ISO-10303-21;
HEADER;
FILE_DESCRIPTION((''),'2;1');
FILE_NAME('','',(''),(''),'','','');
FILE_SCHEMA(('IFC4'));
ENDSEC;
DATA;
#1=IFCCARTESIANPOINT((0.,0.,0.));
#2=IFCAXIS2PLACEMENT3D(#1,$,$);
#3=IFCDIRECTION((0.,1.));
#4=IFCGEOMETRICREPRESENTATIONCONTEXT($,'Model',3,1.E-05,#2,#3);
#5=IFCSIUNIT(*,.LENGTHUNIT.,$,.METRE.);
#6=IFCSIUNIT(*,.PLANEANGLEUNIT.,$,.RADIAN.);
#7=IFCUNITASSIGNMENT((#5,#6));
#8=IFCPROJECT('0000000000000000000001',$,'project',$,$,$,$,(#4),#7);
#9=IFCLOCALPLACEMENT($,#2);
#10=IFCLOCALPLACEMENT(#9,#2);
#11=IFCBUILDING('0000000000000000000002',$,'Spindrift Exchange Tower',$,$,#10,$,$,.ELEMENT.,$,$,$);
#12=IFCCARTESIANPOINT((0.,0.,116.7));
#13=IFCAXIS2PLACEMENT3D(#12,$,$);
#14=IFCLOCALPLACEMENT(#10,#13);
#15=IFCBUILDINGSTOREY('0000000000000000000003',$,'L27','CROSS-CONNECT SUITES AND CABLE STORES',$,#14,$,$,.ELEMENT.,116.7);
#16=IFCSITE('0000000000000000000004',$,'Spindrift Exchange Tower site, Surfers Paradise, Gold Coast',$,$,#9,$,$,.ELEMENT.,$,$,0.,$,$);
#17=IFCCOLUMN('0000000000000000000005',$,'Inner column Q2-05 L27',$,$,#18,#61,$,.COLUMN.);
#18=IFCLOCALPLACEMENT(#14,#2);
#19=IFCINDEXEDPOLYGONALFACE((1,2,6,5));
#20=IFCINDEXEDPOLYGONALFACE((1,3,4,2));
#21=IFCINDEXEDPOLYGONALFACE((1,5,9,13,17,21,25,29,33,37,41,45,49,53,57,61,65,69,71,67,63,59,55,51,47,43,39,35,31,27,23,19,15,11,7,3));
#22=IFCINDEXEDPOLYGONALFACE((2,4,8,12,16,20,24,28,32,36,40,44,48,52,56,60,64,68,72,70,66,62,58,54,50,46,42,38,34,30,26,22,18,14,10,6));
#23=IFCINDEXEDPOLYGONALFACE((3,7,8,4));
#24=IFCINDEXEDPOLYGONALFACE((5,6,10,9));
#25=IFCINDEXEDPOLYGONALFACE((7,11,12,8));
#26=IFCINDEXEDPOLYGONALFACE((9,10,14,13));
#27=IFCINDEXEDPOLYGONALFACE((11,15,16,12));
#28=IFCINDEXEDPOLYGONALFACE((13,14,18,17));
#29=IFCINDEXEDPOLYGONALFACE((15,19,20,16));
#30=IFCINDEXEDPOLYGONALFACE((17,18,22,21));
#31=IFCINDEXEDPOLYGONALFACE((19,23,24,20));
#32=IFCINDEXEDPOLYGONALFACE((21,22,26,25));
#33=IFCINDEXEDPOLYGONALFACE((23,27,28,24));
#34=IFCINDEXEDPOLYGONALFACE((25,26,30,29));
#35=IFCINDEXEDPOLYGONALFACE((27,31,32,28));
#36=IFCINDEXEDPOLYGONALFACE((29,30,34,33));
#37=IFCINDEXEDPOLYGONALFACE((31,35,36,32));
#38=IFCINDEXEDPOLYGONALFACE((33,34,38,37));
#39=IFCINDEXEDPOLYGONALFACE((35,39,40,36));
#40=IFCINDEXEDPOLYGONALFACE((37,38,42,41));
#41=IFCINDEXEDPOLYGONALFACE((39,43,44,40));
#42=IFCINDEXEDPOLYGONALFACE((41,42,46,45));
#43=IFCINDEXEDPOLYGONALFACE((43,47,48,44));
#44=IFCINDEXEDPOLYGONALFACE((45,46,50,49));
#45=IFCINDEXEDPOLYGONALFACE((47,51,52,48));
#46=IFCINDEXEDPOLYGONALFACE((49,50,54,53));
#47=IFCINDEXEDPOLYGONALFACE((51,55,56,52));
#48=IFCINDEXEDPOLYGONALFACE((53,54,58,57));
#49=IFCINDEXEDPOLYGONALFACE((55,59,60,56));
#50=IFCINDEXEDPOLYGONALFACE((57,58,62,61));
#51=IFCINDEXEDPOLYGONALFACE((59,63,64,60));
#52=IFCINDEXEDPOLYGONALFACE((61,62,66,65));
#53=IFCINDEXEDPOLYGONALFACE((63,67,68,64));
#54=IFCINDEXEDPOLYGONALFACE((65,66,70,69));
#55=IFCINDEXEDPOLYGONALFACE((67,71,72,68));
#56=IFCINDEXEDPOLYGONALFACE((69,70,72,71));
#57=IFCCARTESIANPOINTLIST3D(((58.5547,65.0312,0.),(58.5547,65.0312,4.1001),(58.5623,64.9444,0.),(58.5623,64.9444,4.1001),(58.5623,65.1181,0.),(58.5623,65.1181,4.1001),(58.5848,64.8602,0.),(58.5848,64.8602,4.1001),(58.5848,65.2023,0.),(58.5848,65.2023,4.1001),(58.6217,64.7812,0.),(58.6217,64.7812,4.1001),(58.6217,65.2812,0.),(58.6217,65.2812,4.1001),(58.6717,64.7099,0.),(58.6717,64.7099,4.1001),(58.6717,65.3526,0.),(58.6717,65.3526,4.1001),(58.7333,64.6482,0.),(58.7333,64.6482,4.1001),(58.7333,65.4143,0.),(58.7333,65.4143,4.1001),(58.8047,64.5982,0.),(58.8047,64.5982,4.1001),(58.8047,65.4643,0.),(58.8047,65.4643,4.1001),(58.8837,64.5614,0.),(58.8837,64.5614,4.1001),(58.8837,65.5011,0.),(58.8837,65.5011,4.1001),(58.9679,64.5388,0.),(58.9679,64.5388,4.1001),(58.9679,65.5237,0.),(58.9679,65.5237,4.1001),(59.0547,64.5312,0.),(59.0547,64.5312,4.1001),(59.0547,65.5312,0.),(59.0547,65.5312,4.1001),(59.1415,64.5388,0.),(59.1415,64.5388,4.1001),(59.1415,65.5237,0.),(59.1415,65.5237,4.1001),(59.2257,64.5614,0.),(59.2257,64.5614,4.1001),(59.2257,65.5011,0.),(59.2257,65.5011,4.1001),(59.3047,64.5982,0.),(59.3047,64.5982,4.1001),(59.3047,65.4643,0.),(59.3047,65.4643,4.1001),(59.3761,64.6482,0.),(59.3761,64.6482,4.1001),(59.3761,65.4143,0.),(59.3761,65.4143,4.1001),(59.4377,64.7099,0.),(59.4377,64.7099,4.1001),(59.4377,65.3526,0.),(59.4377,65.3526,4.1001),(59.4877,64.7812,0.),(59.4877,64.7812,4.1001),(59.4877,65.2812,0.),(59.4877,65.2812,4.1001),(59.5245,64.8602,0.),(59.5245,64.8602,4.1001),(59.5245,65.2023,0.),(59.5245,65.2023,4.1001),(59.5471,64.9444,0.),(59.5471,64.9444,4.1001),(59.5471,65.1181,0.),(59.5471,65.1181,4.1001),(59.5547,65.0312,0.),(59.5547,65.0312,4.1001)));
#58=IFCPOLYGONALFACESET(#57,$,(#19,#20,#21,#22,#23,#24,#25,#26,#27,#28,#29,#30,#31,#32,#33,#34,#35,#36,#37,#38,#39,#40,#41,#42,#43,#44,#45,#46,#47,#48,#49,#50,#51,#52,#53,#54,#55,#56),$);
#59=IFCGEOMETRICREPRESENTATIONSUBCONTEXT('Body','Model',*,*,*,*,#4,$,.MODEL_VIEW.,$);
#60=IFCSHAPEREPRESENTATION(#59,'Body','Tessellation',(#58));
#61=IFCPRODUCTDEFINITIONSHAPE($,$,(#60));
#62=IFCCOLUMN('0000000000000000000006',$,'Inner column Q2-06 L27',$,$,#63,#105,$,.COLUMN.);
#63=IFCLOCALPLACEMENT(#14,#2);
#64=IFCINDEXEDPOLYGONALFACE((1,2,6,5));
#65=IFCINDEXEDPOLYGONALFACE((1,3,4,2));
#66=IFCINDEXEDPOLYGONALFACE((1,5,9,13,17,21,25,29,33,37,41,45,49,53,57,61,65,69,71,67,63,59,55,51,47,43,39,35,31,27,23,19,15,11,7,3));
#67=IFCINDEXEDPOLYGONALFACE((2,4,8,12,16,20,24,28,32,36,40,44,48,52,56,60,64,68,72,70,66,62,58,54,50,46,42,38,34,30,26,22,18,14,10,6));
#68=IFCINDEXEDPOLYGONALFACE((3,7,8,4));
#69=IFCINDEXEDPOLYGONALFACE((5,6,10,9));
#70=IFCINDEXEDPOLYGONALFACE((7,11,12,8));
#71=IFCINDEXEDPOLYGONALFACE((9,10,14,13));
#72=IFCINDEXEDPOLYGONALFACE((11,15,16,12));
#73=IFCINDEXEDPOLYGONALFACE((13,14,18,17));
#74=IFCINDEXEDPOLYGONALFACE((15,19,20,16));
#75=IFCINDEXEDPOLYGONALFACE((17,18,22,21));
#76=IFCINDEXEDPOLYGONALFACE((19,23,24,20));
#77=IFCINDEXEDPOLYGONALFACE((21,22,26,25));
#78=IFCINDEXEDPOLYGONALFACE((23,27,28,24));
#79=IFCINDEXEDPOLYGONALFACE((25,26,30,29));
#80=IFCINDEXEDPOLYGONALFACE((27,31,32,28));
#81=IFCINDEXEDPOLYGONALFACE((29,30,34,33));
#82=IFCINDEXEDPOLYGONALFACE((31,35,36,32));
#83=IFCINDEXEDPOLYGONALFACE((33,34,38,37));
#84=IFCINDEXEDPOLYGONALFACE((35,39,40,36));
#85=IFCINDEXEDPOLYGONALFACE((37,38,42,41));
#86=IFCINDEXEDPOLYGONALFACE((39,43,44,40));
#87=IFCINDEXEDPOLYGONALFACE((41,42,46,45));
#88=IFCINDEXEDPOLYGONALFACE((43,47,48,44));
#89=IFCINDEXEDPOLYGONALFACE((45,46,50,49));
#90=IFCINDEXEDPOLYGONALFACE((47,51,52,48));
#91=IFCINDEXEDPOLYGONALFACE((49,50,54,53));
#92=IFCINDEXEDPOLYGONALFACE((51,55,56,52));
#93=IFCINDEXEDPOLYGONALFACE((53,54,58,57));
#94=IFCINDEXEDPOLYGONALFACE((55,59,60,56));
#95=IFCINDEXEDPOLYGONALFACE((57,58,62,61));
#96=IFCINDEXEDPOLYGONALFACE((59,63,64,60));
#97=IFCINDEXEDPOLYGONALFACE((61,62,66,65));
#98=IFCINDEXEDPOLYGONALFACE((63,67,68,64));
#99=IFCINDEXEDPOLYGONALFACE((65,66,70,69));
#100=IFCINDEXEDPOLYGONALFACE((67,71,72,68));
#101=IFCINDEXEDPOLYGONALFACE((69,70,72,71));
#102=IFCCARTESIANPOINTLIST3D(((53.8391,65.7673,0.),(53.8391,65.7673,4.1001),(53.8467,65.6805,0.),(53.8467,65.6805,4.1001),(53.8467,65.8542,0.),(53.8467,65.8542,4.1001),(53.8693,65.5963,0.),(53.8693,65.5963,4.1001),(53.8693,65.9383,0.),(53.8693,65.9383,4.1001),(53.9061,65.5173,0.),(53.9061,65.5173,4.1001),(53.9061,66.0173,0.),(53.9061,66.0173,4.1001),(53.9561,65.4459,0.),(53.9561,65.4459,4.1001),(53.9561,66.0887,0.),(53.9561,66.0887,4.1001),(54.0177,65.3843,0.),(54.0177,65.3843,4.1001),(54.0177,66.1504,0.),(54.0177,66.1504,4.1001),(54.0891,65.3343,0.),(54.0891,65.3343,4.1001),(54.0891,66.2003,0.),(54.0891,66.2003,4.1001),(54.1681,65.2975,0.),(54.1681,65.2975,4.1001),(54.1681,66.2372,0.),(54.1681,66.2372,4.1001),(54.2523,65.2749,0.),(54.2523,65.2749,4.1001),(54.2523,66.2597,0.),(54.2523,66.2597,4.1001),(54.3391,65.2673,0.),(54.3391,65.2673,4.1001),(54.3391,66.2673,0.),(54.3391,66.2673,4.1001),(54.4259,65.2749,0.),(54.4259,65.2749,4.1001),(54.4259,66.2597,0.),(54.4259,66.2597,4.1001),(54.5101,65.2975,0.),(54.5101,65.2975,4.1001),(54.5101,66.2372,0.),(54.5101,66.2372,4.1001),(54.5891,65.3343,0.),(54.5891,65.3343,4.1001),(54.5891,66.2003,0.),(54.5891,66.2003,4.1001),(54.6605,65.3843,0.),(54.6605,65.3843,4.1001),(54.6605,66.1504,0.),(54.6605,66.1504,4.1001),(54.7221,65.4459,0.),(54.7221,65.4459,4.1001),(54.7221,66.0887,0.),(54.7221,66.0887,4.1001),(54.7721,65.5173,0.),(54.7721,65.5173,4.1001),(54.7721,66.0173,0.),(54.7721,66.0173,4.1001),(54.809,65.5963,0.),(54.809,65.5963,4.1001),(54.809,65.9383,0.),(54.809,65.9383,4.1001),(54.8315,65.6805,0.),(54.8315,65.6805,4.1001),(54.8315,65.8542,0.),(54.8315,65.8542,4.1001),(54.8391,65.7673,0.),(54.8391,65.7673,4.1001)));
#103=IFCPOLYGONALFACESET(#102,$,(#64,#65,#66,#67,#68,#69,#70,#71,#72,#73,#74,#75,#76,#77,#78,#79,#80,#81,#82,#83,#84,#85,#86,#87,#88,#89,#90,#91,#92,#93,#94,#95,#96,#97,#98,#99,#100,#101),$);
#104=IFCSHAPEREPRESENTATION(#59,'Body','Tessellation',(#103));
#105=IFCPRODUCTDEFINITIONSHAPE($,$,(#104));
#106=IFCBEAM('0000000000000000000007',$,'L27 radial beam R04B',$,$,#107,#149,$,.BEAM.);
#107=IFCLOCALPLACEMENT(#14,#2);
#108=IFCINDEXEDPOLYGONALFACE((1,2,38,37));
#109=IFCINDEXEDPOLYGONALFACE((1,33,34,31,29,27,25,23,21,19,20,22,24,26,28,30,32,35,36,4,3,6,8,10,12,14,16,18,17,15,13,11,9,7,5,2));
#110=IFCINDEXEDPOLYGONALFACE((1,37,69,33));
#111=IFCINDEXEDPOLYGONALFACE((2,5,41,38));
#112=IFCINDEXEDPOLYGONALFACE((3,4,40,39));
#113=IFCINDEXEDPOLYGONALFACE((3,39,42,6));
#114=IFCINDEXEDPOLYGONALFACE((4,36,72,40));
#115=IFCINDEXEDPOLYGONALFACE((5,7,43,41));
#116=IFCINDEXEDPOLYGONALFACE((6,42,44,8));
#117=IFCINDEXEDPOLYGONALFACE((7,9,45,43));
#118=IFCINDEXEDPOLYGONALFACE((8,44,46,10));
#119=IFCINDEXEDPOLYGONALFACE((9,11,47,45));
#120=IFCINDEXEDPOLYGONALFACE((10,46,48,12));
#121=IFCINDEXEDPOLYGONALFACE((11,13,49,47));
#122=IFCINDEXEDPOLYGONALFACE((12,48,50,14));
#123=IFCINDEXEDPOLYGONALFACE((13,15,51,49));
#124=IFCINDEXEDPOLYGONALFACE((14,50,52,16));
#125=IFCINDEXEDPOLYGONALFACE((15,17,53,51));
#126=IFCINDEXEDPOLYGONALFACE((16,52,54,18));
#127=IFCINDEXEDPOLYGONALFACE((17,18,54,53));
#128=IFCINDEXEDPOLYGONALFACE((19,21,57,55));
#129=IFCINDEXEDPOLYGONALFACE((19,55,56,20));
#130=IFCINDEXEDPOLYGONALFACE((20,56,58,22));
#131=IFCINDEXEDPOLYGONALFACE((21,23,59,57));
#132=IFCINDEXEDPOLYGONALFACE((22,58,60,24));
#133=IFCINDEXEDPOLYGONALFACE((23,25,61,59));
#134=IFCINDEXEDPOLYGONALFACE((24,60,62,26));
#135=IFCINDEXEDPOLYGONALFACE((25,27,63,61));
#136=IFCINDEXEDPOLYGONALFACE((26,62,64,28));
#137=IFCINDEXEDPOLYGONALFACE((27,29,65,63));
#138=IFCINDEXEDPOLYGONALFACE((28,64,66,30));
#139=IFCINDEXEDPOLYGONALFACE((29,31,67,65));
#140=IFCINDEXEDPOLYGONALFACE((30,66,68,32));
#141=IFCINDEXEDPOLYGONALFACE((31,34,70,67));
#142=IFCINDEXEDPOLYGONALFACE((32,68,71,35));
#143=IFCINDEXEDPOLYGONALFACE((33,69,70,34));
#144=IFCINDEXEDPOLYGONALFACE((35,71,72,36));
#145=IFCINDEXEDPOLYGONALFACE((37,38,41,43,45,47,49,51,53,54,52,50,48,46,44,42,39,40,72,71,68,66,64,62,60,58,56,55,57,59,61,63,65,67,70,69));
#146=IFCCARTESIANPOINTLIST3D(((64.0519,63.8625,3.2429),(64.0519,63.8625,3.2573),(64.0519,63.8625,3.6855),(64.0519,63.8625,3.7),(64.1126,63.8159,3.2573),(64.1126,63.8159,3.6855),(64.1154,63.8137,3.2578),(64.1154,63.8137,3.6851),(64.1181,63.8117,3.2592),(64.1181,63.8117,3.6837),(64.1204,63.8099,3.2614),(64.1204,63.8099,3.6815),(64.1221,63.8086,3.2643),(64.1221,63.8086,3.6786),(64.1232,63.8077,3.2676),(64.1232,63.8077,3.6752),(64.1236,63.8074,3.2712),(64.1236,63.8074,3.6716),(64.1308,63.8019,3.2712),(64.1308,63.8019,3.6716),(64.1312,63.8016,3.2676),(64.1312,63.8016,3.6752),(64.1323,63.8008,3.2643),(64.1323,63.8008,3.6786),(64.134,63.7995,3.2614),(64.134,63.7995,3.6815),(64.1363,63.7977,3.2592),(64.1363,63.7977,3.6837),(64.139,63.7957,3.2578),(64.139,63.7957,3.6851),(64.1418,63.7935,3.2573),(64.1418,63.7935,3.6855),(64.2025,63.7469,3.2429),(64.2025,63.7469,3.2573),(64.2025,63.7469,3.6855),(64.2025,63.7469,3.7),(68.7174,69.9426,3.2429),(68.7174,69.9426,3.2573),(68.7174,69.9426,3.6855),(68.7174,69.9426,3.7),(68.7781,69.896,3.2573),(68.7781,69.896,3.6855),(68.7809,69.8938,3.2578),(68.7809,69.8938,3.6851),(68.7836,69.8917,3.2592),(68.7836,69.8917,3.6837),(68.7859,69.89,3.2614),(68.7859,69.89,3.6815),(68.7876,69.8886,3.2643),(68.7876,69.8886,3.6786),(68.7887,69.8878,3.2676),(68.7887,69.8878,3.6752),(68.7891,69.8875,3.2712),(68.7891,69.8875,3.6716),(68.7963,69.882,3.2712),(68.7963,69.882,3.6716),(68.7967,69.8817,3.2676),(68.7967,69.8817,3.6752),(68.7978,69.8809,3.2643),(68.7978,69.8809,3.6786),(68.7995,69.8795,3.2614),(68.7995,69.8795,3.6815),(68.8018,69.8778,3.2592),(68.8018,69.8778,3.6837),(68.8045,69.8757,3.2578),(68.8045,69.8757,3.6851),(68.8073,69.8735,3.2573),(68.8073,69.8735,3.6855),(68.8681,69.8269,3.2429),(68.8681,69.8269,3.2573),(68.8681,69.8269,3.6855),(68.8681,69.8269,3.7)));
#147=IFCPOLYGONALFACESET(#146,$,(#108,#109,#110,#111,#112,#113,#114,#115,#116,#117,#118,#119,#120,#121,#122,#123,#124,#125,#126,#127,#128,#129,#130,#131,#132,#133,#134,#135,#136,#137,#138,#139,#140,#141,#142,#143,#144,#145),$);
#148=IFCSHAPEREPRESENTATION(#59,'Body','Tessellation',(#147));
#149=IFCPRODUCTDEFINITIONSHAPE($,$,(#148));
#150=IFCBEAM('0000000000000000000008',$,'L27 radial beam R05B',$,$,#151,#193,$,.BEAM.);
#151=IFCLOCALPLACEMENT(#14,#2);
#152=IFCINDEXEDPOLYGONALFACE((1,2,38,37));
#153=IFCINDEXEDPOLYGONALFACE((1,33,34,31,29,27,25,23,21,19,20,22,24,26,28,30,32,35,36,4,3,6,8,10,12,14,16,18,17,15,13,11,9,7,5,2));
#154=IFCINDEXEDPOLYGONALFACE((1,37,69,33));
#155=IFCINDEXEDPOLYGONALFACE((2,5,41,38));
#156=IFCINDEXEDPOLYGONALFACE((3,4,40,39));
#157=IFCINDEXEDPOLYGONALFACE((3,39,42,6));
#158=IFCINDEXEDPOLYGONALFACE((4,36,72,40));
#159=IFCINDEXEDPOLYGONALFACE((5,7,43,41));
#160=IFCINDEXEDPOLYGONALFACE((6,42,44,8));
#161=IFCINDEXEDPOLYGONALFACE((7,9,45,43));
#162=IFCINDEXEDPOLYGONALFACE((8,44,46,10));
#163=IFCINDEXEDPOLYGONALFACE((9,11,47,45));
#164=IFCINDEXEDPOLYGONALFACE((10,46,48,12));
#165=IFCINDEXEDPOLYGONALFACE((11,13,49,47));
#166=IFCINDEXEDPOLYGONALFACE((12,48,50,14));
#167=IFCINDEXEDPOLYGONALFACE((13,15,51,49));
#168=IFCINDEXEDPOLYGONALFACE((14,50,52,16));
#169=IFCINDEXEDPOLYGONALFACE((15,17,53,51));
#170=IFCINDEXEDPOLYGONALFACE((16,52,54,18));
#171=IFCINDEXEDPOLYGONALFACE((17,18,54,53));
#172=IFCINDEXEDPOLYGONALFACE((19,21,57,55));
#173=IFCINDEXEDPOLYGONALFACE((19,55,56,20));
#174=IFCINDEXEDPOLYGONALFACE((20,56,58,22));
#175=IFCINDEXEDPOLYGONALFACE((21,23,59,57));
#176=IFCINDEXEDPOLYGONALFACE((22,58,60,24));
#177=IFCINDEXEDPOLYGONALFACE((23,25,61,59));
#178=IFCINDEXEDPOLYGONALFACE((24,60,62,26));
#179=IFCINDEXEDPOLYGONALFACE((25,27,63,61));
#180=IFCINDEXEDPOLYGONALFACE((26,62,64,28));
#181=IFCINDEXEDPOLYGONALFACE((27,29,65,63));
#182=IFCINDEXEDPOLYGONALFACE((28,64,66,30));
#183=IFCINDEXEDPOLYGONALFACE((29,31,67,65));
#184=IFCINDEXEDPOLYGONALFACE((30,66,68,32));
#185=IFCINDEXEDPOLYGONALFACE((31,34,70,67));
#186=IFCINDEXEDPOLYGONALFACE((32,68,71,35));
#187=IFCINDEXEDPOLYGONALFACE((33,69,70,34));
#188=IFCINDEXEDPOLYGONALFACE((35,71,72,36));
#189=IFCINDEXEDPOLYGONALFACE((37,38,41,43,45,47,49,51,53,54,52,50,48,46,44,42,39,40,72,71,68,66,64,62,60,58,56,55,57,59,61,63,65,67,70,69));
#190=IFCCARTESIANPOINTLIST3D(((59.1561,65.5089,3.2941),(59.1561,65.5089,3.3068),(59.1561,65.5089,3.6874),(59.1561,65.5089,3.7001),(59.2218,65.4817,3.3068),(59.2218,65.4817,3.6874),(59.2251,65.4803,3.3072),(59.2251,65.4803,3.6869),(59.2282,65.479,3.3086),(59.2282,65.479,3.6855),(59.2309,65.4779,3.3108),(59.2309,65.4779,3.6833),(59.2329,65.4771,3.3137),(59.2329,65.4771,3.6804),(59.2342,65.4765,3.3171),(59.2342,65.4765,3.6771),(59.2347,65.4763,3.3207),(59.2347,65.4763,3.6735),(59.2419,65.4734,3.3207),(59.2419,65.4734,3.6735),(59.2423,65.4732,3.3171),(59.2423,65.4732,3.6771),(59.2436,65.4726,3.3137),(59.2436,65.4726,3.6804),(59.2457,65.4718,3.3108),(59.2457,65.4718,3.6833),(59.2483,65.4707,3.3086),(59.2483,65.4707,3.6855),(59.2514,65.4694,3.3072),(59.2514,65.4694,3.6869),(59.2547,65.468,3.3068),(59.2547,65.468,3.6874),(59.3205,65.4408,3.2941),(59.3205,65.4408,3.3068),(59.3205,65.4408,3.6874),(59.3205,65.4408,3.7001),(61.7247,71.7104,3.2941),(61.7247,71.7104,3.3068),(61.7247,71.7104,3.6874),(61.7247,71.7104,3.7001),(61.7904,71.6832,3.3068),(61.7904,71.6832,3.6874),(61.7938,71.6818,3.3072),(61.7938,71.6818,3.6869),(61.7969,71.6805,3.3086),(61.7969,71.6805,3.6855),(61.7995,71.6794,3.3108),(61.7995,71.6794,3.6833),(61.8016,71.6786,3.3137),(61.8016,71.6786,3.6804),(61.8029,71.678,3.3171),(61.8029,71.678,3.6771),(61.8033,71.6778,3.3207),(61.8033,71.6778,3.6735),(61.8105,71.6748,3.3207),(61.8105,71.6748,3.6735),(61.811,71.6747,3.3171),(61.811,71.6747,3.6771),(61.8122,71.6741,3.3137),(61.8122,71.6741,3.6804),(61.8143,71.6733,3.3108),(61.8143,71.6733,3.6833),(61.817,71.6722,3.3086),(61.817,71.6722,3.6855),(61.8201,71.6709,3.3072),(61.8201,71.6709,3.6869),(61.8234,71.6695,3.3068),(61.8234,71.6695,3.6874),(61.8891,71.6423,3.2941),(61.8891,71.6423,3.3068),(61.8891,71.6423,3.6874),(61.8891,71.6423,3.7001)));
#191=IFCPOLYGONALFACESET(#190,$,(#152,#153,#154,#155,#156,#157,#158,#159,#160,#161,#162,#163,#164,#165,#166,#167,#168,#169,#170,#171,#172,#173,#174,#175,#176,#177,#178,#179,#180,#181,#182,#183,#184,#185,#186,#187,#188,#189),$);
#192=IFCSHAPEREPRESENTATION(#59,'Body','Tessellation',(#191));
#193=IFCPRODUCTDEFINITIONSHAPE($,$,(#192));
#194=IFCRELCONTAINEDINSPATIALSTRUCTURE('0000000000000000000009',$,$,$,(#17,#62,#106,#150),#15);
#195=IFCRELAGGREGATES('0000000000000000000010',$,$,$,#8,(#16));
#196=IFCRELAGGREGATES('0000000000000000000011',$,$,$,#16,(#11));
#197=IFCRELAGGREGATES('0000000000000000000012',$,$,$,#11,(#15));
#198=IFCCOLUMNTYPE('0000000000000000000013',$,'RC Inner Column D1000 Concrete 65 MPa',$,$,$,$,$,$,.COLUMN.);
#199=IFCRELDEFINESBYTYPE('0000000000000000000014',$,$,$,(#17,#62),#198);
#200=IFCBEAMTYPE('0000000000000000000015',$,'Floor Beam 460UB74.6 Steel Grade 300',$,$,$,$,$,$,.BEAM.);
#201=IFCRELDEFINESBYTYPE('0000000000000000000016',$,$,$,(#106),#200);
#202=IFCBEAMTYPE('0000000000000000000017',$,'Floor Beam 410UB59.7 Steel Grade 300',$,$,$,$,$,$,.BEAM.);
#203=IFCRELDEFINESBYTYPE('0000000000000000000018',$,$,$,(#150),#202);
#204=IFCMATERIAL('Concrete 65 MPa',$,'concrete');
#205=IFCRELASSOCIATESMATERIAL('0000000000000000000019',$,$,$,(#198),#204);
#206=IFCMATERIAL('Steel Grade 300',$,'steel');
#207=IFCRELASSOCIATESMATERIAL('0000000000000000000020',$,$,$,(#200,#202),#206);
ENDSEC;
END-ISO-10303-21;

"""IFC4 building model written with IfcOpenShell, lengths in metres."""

from ifc_helpers import new_model, si_unit, direction, frame, origin, origin_2d, place, context, subcontext, project, spatial, circle, i_section, extrude, source, transform, mapped, material, material_profile, profile_set, type_object, element, save


model = new_model("IFC4")

# Units and contexts
model_context = context("Model", 3, precision=1e-05, world=origin(), true_north=direction((0.0, 1.0)))
body_context = subcontext(model_context, "Body", "Model", "MODEL_VIEW")
ifc_project = project(units=[si_unit("LENGTHUNIT", "METRE"), si_unit("PLANEANGLEUNIT", "RADIAN")], contexts=[model_context])

# Site, building, storey
site_placement = place(None, origin())
site = spatial("IfcSite", under=ifc_project, at=site_placement, Name="Spindrift Exchange Tower site, Surfers Paradise, Gold Coast", CompositionType="ELEMENT", RefElevation=0.0)
building_placement = place(site_placement, origin())
building = spatial("IfcBuilding", under=site, at=building_placement, Name="Spindrift Exchange Tower", CompositionType="ELEMENT")
storey_placement = place(building_placement, frame((0.0, 0.0, 116.7)))
storey = spatial("IfcBuildingStorey", under=building, at=storey_placement, Name="L27", Description="CROSS-CONNECT SUITES AND CABLE STORES", CompositionType="ELEMENT", Elevation=116.7)

# Columns
ifc_material_1 = material(Name="Concrete 65 MPa", Category="concrete")
ifc_material_profile_1 = material_profile(ifc_material_1, circle(Radius=0.5, at=origin_2d()), Name="RC D1000")
ifc_profile_set_1 = profile_set([ifc_material_profile_1], Name="Concrete 65 MPa")
column_type_1 = type_object("IfcColumnType", Name="RC Inner Column D1000 Concrete 65 MPa", PredefinedType="COLUMN", material=ifc_profile_set_1)
shared_shape_1 = source(origin(), body_context, "Body", "SweptSolid", [
    extrude(circle(Radius=0.5, at=origin_2d()), origin(), (0.0, 0.0, 1.0), 4.1001),
])
for number, where, z_axis, x_axis, name in (
    (1, (59.0547, 65.0312, 0.0), (0.0, 0.0, 1.0), (1.0, 0.0, 0.0), "Inner column Q2-05 L27"),
    (2, (54.3391, 65.7673, 0.0), (0.0, 0.0, 1.0), (1.0, 0.0, 0.0), "Inner column Q2-06 L27"),
):
    element("IfcColumn", number, at=place(storey_placement, frame(where, z_axis=z_axis, x_axis=x_axis)), inside=storey, type_object=column_type_1, Name=name, PredefinedType="COLUMN", context=body_context, shape_type="MappedRepresentation", body=[
        mapped(shared_shape_1, transform((0.0, 0.0, 0.0), scale=1.0)),
    ])

# Beams
ifc_material_2 = material(Name="Steel Grade 300", Category="steel")
ifc_material_profile_2 = material_profile(ifc_material_2, i_section(OverallWidth=0.1899, OverallDepth=0.457, WebThickness=0.009, FlangeThickness=0.0144, FilletRadius=0.0139, at=origin_2d()), Name="460UB74.6")
ifc_profile_set_2 = profile_set([ifc_material_profile_2], Name="Steel Grade 300")
beam_type_1 = type_object("IfcBeamType", Name="Floor Beam 460UB74.6 Steel Grade 300", PredefinedType="BEAM", material=ifc_profile_set_2)
shared_shape_2 = source(origin(), body_context, "Body", "SweptSolid", [
    extrude(i_section(OverallWidth=0.1899, OverallDepth=0.457, WebThickness=0.009, FlangeThickness=0.0144, FilletRadius=0.0139, at=origin_2d()), origin(), (0.0, 0.0, 1.0), 7.6638),
])
beam_1_placement = place(storey_placement, frame((64.1272, 63.8047, 3.4714), z_axis=(0.608771, 0.793346, 0.0), x_axis=(-0.793346, 0.608771, 0.0)))
element("IfcBeam", 3, at=beam_1_placement, inside=storey, type_object=beam_type_1, Name="L27 radial beam R04B", PredefinedType="BEAM", context=body_context, shape_type="MappedRepresentation", body=[
    mapped(shared_shape_2, transform((0.0, 0.0, 0.0), scale=1.0)),
])
ifc_material_profile_3 = material_profile(ifc_material_2, i_section(OverallWidth=0.178, OverallDepth=0.406, WebThickness=0.0078, FlangeThickness=0.0127, FilletRadius=0.0139, at=origin_2d()), Name="410UB59.7")
ifc_profile_set_3 = profile_set([ifc_material_profile_3], Name="Steel Grade 300")
beam_type_2 = type_object("IfcBeamType", Name="Floor Beam 410UB59.7 Steel Grade 300", PredefinedType="BEAM", material=ifc_profile_set_3)
shared_shape_3 = source(origin(), body_context, "Body", "SweptSolid", [
    extrude(i_section(OverallWidth=0.178, OverallDepth=0.406, WebThickness=0.0078, FlangeThickness=0.0127, FilletRadius=0.0139, at=origin_2d()), origin(), (0.0, 0.0, 1.0), 6.7124),
])
beam_2_placement = place(storey_placement, frame((59.2383, 65.4749, 3.4971), z_axis=(0.38267, 0.923885, 0.0), x_axis=(-0.923885, 0.38267, 0.0)))
element("IfcBeam", 4, at=beam_2_placement, inside=storey, type_object=beam_type_2, Name="L27 radial beam R05B", PredefinedType="BEAM", context=body_context, shape_type="MappedRepresentation", body=[
    mapped(shared_shape_3, transform((0.0, 0.0, 0.0), scale=1.0)),
])

save(model, "model.ifc")
